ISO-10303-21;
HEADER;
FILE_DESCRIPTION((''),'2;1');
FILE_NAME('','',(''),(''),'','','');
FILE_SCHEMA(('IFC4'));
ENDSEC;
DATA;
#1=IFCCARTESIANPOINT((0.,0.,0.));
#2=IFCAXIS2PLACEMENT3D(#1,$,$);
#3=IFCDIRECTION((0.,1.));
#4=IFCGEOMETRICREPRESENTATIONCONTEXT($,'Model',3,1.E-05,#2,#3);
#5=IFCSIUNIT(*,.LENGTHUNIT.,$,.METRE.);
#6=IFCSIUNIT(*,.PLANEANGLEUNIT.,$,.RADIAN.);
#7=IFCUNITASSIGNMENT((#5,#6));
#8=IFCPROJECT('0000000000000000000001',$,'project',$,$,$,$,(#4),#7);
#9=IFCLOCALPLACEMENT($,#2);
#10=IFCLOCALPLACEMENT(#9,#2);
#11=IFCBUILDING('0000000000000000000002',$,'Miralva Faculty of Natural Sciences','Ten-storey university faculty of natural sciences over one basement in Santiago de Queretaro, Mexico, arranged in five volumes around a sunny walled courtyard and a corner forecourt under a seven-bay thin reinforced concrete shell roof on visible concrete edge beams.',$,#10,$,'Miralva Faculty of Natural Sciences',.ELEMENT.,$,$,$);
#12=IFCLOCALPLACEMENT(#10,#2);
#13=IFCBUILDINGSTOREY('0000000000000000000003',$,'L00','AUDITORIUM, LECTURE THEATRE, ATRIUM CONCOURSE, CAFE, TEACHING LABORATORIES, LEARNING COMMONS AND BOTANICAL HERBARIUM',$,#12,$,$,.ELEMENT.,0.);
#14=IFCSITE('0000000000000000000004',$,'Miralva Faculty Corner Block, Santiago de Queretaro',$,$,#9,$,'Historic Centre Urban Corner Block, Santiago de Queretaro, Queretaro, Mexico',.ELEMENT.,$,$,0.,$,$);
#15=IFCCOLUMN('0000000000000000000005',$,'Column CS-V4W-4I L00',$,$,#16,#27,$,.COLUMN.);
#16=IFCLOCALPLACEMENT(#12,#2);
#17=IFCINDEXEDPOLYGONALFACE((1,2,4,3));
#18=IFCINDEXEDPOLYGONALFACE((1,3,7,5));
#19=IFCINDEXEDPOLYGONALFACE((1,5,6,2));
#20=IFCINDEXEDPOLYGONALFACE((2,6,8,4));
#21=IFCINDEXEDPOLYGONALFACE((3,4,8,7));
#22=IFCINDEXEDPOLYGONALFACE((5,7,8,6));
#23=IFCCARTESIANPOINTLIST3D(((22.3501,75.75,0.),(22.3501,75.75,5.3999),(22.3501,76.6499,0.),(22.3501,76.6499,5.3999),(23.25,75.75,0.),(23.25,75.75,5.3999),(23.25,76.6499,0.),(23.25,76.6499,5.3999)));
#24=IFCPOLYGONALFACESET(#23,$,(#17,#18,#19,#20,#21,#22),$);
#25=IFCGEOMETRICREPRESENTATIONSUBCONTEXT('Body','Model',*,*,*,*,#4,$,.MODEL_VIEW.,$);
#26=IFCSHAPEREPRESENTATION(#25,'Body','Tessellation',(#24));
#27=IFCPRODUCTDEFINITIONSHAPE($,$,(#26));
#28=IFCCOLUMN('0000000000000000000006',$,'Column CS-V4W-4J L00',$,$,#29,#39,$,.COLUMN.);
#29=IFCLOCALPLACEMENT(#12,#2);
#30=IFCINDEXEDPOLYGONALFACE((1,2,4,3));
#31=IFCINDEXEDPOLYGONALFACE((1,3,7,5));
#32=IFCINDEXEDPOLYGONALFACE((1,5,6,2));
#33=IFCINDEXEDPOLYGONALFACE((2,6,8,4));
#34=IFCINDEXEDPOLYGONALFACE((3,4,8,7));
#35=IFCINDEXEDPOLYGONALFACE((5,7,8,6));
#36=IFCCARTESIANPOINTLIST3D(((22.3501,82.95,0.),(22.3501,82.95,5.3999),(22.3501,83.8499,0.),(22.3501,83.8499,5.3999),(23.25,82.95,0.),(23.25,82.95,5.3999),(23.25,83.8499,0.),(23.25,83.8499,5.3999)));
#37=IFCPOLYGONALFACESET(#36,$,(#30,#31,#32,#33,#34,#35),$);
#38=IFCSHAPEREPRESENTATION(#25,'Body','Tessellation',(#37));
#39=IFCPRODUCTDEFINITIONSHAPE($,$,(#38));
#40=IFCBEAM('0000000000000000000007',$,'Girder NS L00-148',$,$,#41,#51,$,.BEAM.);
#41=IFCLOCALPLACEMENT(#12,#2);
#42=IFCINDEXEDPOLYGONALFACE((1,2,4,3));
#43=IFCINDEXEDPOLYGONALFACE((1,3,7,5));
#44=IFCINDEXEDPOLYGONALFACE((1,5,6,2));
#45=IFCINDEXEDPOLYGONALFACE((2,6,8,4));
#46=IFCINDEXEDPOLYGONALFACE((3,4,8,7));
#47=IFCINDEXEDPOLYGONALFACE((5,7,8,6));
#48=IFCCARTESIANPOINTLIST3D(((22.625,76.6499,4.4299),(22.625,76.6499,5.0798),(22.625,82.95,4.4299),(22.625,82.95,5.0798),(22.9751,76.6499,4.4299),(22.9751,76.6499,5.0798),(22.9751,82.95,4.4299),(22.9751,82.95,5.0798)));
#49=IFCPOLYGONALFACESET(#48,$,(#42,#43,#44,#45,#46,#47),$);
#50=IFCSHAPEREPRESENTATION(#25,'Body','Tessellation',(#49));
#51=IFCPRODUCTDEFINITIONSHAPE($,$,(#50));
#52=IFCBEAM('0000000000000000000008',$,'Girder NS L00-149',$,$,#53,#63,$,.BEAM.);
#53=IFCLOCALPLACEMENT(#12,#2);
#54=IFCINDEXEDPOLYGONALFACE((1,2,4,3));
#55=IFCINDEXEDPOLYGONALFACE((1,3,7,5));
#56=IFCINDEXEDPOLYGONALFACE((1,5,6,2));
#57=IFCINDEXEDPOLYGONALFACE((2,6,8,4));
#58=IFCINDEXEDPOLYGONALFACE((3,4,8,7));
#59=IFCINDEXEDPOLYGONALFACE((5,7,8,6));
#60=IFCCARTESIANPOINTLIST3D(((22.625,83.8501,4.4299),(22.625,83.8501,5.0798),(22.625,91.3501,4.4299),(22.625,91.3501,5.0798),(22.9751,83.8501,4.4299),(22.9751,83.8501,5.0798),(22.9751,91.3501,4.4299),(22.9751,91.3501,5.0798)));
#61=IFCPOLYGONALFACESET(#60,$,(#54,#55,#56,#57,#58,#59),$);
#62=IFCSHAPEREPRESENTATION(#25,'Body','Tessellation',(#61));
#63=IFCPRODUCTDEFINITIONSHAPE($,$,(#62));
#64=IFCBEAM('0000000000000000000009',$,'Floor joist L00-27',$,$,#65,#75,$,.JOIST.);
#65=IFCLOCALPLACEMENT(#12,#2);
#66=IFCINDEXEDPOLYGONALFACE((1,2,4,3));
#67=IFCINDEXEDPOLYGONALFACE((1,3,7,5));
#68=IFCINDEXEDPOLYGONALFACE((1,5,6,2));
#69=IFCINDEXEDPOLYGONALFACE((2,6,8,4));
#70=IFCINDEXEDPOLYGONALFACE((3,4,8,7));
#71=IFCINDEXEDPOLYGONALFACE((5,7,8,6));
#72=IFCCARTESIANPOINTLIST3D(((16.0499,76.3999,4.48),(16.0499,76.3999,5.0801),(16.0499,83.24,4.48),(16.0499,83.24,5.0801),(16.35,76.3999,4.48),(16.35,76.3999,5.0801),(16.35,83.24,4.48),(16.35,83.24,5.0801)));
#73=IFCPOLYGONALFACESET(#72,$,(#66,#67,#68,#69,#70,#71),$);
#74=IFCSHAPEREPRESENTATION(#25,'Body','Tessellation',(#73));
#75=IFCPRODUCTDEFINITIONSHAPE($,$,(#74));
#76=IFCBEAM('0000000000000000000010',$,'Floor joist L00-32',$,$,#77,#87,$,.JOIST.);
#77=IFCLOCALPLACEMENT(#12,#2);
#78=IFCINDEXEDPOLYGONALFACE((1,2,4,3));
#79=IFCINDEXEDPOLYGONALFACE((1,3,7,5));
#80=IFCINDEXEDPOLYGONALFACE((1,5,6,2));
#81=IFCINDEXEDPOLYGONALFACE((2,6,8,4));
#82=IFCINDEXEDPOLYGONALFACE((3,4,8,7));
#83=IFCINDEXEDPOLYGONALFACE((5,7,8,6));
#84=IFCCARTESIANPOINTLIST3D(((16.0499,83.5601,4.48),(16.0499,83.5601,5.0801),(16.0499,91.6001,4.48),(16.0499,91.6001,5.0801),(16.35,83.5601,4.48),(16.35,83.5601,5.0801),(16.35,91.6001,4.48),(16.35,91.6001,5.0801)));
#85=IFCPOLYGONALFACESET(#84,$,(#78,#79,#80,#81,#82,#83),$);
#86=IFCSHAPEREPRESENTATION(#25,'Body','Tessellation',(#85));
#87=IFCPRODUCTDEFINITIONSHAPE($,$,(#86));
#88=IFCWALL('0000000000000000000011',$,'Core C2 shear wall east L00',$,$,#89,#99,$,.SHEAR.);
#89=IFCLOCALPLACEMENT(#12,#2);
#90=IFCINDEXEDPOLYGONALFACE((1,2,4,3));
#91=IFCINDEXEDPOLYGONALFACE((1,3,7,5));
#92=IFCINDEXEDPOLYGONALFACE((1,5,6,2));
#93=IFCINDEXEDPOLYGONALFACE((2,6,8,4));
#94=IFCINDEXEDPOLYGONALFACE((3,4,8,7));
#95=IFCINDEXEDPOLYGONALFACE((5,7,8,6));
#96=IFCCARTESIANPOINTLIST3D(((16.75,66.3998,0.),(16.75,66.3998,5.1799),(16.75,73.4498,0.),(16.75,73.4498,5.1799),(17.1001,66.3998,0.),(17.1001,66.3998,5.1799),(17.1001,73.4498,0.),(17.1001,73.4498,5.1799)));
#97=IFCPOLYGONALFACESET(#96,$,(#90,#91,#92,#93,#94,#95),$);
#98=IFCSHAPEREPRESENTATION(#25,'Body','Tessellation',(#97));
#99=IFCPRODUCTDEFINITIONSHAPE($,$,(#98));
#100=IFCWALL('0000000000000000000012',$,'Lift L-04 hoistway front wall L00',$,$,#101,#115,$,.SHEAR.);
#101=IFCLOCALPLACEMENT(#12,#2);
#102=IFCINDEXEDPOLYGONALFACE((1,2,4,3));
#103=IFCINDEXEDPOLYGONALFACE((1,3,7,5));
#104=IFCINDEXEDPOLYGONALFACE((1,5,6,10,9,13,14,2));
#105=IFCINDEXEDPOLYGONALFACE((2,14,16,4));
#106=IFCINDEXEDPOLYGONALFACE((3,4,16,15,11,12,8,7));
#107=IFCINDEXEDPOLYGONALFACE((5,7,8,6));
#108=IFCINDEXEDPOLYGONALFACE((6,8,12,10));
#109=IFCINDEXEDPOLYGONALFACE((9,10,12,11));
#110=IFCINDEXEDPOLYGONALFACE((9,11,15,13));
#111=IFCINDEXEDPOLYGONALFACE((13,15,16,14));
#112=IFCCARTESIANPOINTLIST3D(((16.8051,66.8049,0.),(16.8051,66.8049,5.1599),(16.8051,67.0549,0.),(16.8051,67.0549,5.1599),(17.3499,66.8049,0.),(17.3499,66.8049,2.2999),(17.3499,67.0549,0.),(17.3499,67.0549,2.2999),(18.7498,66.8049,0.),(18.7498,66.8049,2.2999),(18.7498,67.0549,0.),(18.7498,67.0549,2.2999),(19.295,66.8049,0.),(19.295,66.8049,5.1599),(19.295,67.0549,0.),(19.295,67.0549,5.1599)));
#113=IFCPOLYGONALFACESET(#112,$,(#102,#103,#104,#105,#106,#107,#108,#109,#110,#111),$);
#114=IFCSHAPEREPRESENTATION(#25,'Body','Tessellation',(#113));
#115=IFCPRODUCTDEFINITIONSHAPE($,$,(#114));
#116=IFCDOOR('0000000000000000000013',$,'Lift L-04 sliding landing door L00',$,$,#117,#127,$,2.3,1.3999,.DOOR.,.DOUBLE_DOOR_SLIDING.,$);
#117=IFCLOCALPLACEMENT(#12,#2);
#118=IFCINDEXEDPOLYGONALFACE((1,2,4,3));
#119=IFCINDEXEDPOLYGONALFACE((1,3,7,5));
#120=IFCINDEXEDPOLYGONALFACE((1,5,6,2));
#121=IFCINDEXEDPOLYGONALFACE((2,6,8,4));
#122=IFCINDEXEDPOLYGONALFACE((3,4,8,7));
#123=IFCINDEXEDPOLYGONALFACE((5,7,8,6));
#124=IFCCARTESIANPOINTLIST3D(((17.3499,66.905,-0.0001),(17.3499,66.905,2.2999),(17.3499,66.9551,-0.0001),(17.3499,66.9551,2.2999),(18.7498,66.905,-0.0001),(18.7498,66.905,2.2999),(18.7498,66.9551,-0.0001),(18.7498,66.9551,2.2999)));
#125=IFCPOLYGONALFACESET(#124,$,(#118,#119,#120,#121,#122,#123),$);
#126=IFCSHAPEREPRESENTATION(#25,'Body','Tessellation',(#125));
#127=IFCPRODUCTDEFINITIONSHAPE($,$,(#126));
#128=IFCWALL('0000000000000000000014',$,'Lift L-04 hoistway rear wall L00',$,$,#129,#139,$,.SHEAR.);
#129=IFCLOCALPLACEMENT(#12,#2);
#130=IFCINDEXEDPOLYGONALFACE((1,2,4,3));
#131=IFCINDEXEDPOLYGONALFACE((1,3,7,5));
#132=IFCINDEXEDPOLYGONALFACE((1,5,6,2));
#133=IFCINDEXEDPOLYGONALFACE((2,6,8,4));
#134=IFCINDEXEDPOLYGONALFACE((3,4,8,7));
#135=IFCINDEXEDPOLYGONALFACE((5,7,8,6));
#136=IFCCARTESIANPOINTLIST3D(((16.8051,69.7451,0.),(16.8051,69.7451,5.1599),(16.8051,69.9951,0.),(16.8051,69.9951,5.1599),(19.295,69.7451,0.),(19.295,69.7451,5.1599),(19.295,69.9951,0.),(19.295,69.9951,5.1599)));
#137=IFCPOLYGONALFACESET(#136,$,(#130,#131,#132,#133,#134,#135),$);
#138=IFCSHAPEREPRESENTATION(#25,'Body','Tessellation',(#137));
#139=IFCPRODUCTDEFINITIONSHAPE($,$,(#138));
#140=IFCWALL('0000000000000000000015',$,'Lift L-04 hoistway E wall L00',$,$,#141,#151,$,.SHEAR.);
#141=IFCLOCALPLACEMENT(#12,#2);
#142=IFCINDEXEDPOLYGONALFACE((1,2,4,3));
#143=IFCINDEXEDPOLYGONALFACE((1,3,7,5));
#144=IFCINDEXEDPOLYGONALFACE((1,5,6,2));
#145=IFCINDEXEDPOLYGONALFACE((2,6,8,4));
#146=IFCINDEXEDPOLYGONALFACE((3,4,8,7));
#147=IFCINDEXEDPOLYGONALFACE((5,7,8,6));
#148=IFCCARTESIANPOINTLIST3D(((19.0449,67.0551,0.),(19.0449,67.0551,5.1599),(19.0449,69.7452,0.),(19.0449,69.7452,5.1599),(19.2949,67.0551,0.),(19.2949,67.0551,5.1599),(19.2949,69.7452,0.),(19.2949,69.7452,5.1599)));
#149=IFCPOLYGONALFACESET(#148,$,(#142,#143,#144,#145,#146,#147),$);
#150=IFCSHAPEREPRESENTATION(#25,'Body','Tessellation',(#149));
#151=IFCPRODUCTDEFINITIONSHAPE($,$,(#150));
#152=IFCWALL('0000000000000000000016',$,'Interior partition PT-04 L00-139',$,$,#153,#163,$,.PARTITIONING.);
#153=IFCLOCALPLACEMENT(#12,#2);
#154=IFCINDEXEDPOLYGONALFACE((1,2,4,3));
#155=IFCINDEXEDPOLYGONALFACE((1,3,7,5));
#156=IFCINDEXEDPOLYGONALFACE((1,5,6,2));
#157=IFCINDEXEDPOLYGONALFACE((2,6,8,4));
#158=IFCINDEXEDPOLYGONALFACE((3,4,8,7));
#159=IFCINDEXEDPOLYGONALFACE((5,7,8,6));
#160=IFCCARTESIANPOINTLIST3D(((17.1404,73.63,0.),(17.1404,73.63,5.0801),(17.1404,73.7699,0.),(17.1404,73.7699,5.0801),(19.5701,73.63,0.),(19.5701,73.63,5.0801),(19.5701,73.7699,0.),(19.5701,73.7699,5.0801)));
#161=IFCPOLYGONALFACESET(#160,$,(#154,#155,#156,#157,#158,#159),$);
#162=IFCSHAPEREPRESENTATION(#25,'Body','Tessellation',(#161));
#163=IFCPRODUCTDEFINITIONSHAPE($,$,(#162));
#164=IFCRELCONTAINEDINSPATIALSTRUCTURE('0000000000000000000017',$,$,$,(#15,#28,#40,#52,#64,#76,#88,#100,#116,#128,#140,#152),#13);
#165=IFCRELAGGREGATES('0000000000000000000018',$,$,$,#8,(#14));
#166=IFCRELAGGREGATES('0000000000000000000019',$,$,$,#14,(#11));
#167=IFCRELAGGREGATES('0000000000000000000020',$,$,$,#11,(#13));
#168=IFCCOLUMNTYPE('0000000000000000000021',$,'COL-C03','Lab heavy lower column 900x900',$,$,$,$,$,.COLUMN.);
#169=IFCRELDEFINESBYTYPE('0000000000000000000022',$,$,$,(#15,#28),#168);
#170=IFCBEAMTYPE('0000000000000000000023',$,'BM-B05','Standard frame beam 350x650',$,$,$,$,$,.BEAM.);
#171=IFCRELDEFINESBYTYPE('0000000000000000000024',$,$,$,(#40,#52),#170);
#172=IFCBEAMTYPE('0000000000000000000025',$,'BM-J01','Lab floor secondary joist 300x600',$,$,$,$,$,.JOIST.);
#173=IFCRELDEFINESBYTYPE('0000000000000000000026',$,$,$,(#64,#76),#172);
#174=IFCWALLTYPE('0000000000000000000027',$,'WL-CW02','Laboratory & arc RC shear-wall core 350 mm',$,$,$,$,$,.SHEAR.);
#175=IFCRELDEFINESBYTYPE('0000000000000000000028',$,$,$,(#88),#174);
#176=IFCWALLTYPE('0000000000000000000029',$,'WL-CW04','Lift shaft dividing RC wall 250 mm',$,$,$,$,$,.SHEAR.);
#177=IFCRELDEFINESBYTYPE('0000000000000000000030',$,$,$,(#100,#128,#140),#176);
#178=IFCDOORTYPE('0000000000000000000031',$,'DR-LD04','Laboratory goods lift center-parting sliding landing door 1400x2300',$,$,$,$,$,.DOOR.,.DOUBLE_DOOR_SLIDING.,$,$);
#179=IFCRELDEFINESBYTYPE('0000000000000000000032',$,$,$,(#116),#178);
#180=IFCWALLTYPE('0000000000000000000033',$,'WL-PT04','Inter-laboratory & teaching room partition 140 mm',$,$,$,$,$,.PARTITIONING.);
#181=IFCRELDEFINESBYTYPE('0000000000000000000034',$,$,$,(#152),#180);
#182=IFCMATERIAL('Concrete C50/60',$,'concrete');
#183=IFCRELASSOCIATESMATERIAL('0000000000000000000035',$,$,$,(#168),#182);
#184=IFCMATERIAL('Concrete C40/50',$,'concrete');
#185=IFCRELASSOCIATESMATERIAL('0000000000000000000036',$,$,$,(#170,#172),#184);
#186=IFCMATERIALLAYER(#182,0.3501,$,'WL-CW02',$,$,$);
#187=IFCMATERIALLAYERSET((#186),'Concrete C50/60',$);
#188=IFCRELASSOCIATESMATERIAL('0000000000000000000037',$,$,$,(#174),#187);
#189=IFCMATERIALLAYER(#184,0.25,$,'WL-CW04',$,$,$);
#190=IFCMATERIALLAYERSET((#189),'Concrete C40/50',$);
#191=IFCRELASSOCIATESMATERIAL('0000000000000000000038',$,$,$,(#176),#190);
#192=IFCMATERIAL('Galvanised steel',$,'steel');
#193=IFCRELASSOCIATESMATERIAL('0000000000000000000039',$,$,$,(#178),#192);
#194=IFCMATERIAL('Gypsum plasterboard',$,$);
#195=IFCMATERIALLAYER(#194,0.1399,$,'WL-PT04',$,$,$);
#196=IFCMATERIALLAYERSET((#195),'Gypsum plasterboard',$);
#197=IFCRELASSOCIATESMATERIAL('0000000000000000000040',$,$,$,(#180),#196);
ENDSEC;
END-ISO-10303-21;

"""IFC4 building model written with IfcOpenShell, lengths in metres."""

from ifc_helpers import new_model, si_unit, direction, frame, frame_2d, origin, origin_2d, place, context, subcontext, project, spatial, rectangle, extrude, material, layer, layer_set, material_profile, profile_set, type_object, element, fill, save


model = new_model("IFC4")

# Units and contexts
model_context = context("Model", 3, precision=1e-05, world=origin(), true_north=direction((0.0, 1.0)))
body_context = subcontext(model_context, "Body", "Model", "MODEL_VIEW")
ifc_project = project(units=[si_unit("LENGTHUNIT", "METRE"), si_unit("PLANEANGLEUNIT", "RADIAN")], contexts=[model_context])

# Site, building, storey
site_placement = place(None, origin())
site = spatial("IfcSite", under=ifc_project, at=site_placement, Name="Miralva Faculty Corner Block, Santiago de Queretaro", LongName="Historic Centre Urban Corner Block, Santiago de Queretaro, Queretaro, Mexico", CompositionType="ELEMENT", RefElevation=0.0)
building_placement = place(site_placement, origin())
building = spatial("IfcBuilding", under=site, at=building_placement, Name="Miralva Faculty of Natural Sciences", Description="Ten-storey university faculty of natural sciences over one basement in Santiago de Queretaro, Mexico, arranged in five volumes around a sunny walled courtyard and a corner forecourt under a seven-bay thin reinforced concrete shell roof on visible concrete edge beams.", LongName="Miralva Faculty of Natural Sciences", CompositionType="ELEMENT")
storey_placement = place(building_placement, origin())
storey = spatial("IfcBuildingStorey", under=building, at=storey_placement, Name="L00", Description="AUDITORIUM, LECTURE THEATRE, ATRIUM CONCOURSE, CAFE, TEACHING LABORATORIES, LEARNING COMMONS AND BOTANICAL HERBARIUM", CompositionType="ELEMENT", Elevation=0.0)

# Columns
ifc_material_1 = material(Name="Concrete C50/60", Category="concrete")
ifc_material_profile_1 = material_profile(ifc_material_1, rectangle(XDim=0.8999, YDim=0.8999, at=origin_2d()), Name="RC 900x900")
ifc_profile_set_1 = profile_set([ifc_material_profile_1], Name="Concrete C50/60")
column_type = type_object("IfcColumnType", Name="COL-C03", Description="Lab heavy lower column 900x900", PredefinedType="COLUMN", material=ifc_profile_set_1)
for number, where, z_axis, x_axis, name in (
    (1, (22.8, 76.2, 0.0), (0.0, 0.0, 1.0), (1.0, 0.0, 0.0), "Column CS-V4W-4I L00"),
    (2, (22.8, 83.3999, 0.0), (0.0, 0.0, 1.0), (1.0, 0.0, 0.0), "Column CS-V4W-4J L00"),
):
    element("IfcColumn", number, at=place(storey_placement, frame(where, z_axis=z_axis, x_axis=x_axis)), inside=storey, type_object=column_type, Name=name, PredefinedType="COLUMN", context=body_context, shape_type="SweptSolid", body=[
        extrude(rectangle(XDim=0.8999, YDim=0.8999, at=origin_2d()), origin(), (0.0, 0.0, 1.0), 5.3999),
    ])

# Beams
ifc_material_2 = material(Name="Concrete C40/50", Category="concrete")
ifc_material_profile_2 = material_profile(ifc_material_2, rectangle(XDim=0.3501, YDim=0.6499, at=origin_2d()), Name="RC 350x650")
ifc_profile_set_2 = profile_set([ifc_material_profile_2], Name="Concrete C40/50")
beam_type_1 = type_object("IfcBeamType", Name="BM-B05", Description="Standard frame beam 350x650", PredefinedType="BEAM", material=ifc_profile_set_2)
beam_1_placement = place(storey_placement, frame((22.8, 76.6499, 4.7549), z_axis=(0.0, 1.0, 0.0), x_axis=(-1.0, 0.0, 0.0)))
element("IfcBeam", 3, at=beam_1_placement, inside=storey, type_object=beam_type_1, Name="Girder NS L00-148", PredefinedType="BEAM", context=body_context, shape_type="SweptSolid", body=[
    extrude(rectangle(XDim=0.3501, YDim=0.6499, at=origin_2d()), origin(), (0.0, 0.0, 1.0), 6.3),
])
beam_2_placement = place(storey_placement, frame((22.8, 83.8501, 4.7549), z_axis=(0.0, 1.0, 0.0), x_axis=(-1.0, 0.0, 0.0)))
element("IfcBeam", 4, at=beam_2_placement, inside=storey, type_object=beam_type_1, Name="Girder NS L00-149", PredefinedType="BEAM", context=body_context, shape_type="SweptSolid", body=[
    extrude(rectangle(XDim=0.3501, YDim=0.6499, at=origin_2d()), origin(), (0.0, 0.0, 1.0), 7.5),
])
ifc_material_profile_3 = material_profile(ifc_material_2, rectangle(XDim=0.3, YDim=0.6001, at=origin_2d()), Name="RC 300x600")
ifc_profile_set_3 = profile_set([ifc_material_profile_3], Name="Concrete C40/50")
beam_type_2 = type_object("IfcBeamType", Name="BM-J01", Description="Lab floor secondary joist 300x600", PredefinedType="JOIST", material=ifc_profile_set_3)
beam_3_placement = place(storey_placement, frame((16.2, 76.3999, 4.78), z_axis=(0.0, 1.0, 0.0), x_axis=(-1.0, 0.0, 0.0)))
element("IfcBeam", 5, at=beam_3_placement, inside=storey, type_object=beam_type_2, Name="Floor joist L00-27", PredefinedType="JOIST", context=body_context, shape_type="SweptSolid", body=[
    extrude(rectangle(XDim=0.3, YDim=0.6001, at=origin_2d()), origin(), (0.0, 0.0, 1.0), 6.8401),
])
beam_4_placement = place(storey_placement, frame((16.2, 83.5601, 4.78), z_axis=(0.0, 1.0, 0.0), x_axis=(-1.0, 0.0, 0.0)))
element("IfcBeam", 6, at=beam_4_placement, inside=storey, type_object=beam_type_2, Name="Floor joist L00-32", PredefinedType="JOIST", context=body_context, shape_type="SweptSolid", body=[
    extrude(rectangle(XDim=0.3, YDim=0.6001, at=origin_2d()), origin(), (0.0, 0.0, 1.0), 8.04),
])

# Wall
ifc_layer_1 = layer(ifc_material_1, 0.3501, Name="WL-CW02")
ifc_layer_set_1 = layer_set([ifc_layer_1], Name="Concrete C50/60")
wall_type_1 = type_object("IfcWallType", Name="WL-CW02", Description="Laboratory & arc RC shear-wall core 350 mm", PredefinedType="SHEAR", material=ifc_layer_set_1)
wall_1_placement = place(storey_placement, frame((16.925, 66.3999, 0.0), z_axis=(0.0, 0.0, 1.0), x_axis=(0.0, 1.0, 0.0)))
element("IfcWall", 7, at=wall_1_placement, inside=storey, type_object=wall_type_1, Name="Core C2 shear wall east L00", PredefinedType="SHEAR", context=body_context, shape_type="SweptSolid", body=[
    extrude(rectangle(XDim=7.05, YDim=0.3501, at=frame_2d((3.5249, 0.0))), origin(), (0.0, 0.0, 1.0), 5.1799),
])

# Wall, opening, door
ifc_layer_2 = layer(ifc_material_2, 0.25, Name="WL-CW04")
ifc_layer_set_2 = layer_set([ifc_layer_2], Name="Concrete C40/50")
wall_type_2 = type_object("IfcWallType", Name="WL-CW04", Description="Lift shaft dividing RC wall 250 mm", PredefinedType="SHEAR", material=ifc_layer_set_2)
wall_2_placement = place(storey_placement, frame((16.8049, 66.9299, 0.0), z_axis=(0.0, 0.0, 1.0), x_axis=(1.0, 0.0, 0.0)))
wall_2 = element("IfcWall", 8, at=wall_2_placement, inside=storey, type_object=wall_type_2, Name="Lift L-04 hoistway front wall L00", PredefinedType="SHEAR", context=body_context, shape_type="SweptSolid", body=[
    extrude(rectangle(XDim=2.49, YDim=0.25, at=frame_2d((1.2451, 0.0))), origin(), (0.0, 0.0, 1.0), 5.1599),
])
opening_1_placement = place(wall_2_placement, frame((0.5449, 0.0, 0.0)))
opening_1 = element("IfcOpeningElement", 9, at=opening_1_placement, cuts=wall_2, PredefinedType="OPENING", context=body_context, shape_type="SweptSolid", body=[
    extrude(rectangle(XDim=1.3999, YDim=2.3, at=frame_2d((0.7, 1.1499))), frame((0.0, 0.135, 0.0), z_axis=(0.0, -1.0, 0.0), x_axis=(1.0, 0.0, 0.0)), (0.0, 0.0, 1.0), 0.27),
])
ifc_material_3 = material(Name="Galvanised steel", Category="steel")
door_type = type_object("IfcDoorType", Name="DR-LD04", Description="Laboratory goods lift center-parting sliding landing door 1400x2300", OperationType="DOUBLE_DOOR_SLIDING", PredefinedType="DOOR", material=ifc_material_3)
door_placement = place(opening_1_placement, frame((1.3999, 0.0, 0.0), z_axis=(0.0, 0.0, 1.0), x_axis=(-1.0, 0.0, 0.0)))
door = element("IfcDoor", 10, at=door_placement, inside=storey, type_object=door_type, Name="Lift L-04 sliding landing door L00", OperationType="DOUBLE_DOOR_SLIDING", OverallHeight=2.3, OverallWidth=1.3999, PredefinedType="DOOR", context=body_context, shape_type="SweptSolid", body=[
    extrude(rectangle(XDim=1.3999, YDim=2.3, at=frame_2d((0.7, 1.1499))), frame((0.0, 0.0249, 0.0), z_axis=(0.0, -1.0, 0.0), x_axis=(1.0, 0.0, 0.0)), (0.0, 0.0, 1.0), 0.05),
])
fill(opening_1, door)

# Walls
wall_3_placement = place(storey_placement, frame((16.8049, 69.8701, 0.0), z_axis=(0.0, 0.0, 1.0), x_axis=(1.0, 0.0, 0.0)))
element("IfcWall", 11, at=wall_3_placement, inside=storey, type_object=wall_type_2, Name="Lift L-04 hoistway rear wall L00", PredefinedType="SHEAR", context=body_context, shape_type="SweptSolid", body=[
    extrude(rectangle(XDim=2.49, YDim=0.25, at=frame_2d((1.2451, 0.0))), origin(), (0.0, 0.0, 1.0), 5.1599),
])
wall_4_placement = place(storey_placement, frame((19.1699, 67.0549, 0.0), z_axis=(0.0, 0.0, 1.0), x_axis=(0.0, 1.0, 0.0)))
element("IfcWall", 12, at=wall_4_placement, inside=storey, type_object=wall_type_2, Name="Lift L-04 hoistway E wall L00", PredefinedType="SHEAR", context=body_context, shape_type="SweptSolid", body=[
    extrude(rectangle(XDim=2.6902, YDim=0.25, at=frame_2d((1.3452, 0.0))), origin(), (0.0, 0.0, 1.0), 5.1599),
])
ifc_material_4 = material(Name="Gypsum plasterboard")
ifc_layer_3 = layer(ifc_material_4, 0.1399, Name="WL-PT04")
ifc_layer_set_3 = layer_set([ifc_layer_3], Name="Gypsum plasterboard")
wall_type_3 = type_object("IfcWallType", Name="WL-PT04", Description="Inter-laboratory & teaching room partition 140 mm", PredefinedType="PARTITIONING", material=ifc_layer_set_3)
wall_5_placement = place(storey_placement, frame((17.1404, 73.7, 0.0), z_axis=(0.0, 0.0, 1.0), x_axis=(1.0, 0.0, 0.0)))
element("IfcWall", 13, at=wall_5_placement, inside=storey, type_object=wall_type_3, Name="Interior partition PT-04 L00-139", PredefinedType="PARTITIONING", context=body_context, shape_type="SweptSolid", body=[
    extrude(rectangle(XDim=2.4297, YDim=0.1399, at=frame_2d((1.2148, 0.0))), origin(), (0.0, 0.0, 1.0), 5.0801),
])

save(model, "model.ifc")
